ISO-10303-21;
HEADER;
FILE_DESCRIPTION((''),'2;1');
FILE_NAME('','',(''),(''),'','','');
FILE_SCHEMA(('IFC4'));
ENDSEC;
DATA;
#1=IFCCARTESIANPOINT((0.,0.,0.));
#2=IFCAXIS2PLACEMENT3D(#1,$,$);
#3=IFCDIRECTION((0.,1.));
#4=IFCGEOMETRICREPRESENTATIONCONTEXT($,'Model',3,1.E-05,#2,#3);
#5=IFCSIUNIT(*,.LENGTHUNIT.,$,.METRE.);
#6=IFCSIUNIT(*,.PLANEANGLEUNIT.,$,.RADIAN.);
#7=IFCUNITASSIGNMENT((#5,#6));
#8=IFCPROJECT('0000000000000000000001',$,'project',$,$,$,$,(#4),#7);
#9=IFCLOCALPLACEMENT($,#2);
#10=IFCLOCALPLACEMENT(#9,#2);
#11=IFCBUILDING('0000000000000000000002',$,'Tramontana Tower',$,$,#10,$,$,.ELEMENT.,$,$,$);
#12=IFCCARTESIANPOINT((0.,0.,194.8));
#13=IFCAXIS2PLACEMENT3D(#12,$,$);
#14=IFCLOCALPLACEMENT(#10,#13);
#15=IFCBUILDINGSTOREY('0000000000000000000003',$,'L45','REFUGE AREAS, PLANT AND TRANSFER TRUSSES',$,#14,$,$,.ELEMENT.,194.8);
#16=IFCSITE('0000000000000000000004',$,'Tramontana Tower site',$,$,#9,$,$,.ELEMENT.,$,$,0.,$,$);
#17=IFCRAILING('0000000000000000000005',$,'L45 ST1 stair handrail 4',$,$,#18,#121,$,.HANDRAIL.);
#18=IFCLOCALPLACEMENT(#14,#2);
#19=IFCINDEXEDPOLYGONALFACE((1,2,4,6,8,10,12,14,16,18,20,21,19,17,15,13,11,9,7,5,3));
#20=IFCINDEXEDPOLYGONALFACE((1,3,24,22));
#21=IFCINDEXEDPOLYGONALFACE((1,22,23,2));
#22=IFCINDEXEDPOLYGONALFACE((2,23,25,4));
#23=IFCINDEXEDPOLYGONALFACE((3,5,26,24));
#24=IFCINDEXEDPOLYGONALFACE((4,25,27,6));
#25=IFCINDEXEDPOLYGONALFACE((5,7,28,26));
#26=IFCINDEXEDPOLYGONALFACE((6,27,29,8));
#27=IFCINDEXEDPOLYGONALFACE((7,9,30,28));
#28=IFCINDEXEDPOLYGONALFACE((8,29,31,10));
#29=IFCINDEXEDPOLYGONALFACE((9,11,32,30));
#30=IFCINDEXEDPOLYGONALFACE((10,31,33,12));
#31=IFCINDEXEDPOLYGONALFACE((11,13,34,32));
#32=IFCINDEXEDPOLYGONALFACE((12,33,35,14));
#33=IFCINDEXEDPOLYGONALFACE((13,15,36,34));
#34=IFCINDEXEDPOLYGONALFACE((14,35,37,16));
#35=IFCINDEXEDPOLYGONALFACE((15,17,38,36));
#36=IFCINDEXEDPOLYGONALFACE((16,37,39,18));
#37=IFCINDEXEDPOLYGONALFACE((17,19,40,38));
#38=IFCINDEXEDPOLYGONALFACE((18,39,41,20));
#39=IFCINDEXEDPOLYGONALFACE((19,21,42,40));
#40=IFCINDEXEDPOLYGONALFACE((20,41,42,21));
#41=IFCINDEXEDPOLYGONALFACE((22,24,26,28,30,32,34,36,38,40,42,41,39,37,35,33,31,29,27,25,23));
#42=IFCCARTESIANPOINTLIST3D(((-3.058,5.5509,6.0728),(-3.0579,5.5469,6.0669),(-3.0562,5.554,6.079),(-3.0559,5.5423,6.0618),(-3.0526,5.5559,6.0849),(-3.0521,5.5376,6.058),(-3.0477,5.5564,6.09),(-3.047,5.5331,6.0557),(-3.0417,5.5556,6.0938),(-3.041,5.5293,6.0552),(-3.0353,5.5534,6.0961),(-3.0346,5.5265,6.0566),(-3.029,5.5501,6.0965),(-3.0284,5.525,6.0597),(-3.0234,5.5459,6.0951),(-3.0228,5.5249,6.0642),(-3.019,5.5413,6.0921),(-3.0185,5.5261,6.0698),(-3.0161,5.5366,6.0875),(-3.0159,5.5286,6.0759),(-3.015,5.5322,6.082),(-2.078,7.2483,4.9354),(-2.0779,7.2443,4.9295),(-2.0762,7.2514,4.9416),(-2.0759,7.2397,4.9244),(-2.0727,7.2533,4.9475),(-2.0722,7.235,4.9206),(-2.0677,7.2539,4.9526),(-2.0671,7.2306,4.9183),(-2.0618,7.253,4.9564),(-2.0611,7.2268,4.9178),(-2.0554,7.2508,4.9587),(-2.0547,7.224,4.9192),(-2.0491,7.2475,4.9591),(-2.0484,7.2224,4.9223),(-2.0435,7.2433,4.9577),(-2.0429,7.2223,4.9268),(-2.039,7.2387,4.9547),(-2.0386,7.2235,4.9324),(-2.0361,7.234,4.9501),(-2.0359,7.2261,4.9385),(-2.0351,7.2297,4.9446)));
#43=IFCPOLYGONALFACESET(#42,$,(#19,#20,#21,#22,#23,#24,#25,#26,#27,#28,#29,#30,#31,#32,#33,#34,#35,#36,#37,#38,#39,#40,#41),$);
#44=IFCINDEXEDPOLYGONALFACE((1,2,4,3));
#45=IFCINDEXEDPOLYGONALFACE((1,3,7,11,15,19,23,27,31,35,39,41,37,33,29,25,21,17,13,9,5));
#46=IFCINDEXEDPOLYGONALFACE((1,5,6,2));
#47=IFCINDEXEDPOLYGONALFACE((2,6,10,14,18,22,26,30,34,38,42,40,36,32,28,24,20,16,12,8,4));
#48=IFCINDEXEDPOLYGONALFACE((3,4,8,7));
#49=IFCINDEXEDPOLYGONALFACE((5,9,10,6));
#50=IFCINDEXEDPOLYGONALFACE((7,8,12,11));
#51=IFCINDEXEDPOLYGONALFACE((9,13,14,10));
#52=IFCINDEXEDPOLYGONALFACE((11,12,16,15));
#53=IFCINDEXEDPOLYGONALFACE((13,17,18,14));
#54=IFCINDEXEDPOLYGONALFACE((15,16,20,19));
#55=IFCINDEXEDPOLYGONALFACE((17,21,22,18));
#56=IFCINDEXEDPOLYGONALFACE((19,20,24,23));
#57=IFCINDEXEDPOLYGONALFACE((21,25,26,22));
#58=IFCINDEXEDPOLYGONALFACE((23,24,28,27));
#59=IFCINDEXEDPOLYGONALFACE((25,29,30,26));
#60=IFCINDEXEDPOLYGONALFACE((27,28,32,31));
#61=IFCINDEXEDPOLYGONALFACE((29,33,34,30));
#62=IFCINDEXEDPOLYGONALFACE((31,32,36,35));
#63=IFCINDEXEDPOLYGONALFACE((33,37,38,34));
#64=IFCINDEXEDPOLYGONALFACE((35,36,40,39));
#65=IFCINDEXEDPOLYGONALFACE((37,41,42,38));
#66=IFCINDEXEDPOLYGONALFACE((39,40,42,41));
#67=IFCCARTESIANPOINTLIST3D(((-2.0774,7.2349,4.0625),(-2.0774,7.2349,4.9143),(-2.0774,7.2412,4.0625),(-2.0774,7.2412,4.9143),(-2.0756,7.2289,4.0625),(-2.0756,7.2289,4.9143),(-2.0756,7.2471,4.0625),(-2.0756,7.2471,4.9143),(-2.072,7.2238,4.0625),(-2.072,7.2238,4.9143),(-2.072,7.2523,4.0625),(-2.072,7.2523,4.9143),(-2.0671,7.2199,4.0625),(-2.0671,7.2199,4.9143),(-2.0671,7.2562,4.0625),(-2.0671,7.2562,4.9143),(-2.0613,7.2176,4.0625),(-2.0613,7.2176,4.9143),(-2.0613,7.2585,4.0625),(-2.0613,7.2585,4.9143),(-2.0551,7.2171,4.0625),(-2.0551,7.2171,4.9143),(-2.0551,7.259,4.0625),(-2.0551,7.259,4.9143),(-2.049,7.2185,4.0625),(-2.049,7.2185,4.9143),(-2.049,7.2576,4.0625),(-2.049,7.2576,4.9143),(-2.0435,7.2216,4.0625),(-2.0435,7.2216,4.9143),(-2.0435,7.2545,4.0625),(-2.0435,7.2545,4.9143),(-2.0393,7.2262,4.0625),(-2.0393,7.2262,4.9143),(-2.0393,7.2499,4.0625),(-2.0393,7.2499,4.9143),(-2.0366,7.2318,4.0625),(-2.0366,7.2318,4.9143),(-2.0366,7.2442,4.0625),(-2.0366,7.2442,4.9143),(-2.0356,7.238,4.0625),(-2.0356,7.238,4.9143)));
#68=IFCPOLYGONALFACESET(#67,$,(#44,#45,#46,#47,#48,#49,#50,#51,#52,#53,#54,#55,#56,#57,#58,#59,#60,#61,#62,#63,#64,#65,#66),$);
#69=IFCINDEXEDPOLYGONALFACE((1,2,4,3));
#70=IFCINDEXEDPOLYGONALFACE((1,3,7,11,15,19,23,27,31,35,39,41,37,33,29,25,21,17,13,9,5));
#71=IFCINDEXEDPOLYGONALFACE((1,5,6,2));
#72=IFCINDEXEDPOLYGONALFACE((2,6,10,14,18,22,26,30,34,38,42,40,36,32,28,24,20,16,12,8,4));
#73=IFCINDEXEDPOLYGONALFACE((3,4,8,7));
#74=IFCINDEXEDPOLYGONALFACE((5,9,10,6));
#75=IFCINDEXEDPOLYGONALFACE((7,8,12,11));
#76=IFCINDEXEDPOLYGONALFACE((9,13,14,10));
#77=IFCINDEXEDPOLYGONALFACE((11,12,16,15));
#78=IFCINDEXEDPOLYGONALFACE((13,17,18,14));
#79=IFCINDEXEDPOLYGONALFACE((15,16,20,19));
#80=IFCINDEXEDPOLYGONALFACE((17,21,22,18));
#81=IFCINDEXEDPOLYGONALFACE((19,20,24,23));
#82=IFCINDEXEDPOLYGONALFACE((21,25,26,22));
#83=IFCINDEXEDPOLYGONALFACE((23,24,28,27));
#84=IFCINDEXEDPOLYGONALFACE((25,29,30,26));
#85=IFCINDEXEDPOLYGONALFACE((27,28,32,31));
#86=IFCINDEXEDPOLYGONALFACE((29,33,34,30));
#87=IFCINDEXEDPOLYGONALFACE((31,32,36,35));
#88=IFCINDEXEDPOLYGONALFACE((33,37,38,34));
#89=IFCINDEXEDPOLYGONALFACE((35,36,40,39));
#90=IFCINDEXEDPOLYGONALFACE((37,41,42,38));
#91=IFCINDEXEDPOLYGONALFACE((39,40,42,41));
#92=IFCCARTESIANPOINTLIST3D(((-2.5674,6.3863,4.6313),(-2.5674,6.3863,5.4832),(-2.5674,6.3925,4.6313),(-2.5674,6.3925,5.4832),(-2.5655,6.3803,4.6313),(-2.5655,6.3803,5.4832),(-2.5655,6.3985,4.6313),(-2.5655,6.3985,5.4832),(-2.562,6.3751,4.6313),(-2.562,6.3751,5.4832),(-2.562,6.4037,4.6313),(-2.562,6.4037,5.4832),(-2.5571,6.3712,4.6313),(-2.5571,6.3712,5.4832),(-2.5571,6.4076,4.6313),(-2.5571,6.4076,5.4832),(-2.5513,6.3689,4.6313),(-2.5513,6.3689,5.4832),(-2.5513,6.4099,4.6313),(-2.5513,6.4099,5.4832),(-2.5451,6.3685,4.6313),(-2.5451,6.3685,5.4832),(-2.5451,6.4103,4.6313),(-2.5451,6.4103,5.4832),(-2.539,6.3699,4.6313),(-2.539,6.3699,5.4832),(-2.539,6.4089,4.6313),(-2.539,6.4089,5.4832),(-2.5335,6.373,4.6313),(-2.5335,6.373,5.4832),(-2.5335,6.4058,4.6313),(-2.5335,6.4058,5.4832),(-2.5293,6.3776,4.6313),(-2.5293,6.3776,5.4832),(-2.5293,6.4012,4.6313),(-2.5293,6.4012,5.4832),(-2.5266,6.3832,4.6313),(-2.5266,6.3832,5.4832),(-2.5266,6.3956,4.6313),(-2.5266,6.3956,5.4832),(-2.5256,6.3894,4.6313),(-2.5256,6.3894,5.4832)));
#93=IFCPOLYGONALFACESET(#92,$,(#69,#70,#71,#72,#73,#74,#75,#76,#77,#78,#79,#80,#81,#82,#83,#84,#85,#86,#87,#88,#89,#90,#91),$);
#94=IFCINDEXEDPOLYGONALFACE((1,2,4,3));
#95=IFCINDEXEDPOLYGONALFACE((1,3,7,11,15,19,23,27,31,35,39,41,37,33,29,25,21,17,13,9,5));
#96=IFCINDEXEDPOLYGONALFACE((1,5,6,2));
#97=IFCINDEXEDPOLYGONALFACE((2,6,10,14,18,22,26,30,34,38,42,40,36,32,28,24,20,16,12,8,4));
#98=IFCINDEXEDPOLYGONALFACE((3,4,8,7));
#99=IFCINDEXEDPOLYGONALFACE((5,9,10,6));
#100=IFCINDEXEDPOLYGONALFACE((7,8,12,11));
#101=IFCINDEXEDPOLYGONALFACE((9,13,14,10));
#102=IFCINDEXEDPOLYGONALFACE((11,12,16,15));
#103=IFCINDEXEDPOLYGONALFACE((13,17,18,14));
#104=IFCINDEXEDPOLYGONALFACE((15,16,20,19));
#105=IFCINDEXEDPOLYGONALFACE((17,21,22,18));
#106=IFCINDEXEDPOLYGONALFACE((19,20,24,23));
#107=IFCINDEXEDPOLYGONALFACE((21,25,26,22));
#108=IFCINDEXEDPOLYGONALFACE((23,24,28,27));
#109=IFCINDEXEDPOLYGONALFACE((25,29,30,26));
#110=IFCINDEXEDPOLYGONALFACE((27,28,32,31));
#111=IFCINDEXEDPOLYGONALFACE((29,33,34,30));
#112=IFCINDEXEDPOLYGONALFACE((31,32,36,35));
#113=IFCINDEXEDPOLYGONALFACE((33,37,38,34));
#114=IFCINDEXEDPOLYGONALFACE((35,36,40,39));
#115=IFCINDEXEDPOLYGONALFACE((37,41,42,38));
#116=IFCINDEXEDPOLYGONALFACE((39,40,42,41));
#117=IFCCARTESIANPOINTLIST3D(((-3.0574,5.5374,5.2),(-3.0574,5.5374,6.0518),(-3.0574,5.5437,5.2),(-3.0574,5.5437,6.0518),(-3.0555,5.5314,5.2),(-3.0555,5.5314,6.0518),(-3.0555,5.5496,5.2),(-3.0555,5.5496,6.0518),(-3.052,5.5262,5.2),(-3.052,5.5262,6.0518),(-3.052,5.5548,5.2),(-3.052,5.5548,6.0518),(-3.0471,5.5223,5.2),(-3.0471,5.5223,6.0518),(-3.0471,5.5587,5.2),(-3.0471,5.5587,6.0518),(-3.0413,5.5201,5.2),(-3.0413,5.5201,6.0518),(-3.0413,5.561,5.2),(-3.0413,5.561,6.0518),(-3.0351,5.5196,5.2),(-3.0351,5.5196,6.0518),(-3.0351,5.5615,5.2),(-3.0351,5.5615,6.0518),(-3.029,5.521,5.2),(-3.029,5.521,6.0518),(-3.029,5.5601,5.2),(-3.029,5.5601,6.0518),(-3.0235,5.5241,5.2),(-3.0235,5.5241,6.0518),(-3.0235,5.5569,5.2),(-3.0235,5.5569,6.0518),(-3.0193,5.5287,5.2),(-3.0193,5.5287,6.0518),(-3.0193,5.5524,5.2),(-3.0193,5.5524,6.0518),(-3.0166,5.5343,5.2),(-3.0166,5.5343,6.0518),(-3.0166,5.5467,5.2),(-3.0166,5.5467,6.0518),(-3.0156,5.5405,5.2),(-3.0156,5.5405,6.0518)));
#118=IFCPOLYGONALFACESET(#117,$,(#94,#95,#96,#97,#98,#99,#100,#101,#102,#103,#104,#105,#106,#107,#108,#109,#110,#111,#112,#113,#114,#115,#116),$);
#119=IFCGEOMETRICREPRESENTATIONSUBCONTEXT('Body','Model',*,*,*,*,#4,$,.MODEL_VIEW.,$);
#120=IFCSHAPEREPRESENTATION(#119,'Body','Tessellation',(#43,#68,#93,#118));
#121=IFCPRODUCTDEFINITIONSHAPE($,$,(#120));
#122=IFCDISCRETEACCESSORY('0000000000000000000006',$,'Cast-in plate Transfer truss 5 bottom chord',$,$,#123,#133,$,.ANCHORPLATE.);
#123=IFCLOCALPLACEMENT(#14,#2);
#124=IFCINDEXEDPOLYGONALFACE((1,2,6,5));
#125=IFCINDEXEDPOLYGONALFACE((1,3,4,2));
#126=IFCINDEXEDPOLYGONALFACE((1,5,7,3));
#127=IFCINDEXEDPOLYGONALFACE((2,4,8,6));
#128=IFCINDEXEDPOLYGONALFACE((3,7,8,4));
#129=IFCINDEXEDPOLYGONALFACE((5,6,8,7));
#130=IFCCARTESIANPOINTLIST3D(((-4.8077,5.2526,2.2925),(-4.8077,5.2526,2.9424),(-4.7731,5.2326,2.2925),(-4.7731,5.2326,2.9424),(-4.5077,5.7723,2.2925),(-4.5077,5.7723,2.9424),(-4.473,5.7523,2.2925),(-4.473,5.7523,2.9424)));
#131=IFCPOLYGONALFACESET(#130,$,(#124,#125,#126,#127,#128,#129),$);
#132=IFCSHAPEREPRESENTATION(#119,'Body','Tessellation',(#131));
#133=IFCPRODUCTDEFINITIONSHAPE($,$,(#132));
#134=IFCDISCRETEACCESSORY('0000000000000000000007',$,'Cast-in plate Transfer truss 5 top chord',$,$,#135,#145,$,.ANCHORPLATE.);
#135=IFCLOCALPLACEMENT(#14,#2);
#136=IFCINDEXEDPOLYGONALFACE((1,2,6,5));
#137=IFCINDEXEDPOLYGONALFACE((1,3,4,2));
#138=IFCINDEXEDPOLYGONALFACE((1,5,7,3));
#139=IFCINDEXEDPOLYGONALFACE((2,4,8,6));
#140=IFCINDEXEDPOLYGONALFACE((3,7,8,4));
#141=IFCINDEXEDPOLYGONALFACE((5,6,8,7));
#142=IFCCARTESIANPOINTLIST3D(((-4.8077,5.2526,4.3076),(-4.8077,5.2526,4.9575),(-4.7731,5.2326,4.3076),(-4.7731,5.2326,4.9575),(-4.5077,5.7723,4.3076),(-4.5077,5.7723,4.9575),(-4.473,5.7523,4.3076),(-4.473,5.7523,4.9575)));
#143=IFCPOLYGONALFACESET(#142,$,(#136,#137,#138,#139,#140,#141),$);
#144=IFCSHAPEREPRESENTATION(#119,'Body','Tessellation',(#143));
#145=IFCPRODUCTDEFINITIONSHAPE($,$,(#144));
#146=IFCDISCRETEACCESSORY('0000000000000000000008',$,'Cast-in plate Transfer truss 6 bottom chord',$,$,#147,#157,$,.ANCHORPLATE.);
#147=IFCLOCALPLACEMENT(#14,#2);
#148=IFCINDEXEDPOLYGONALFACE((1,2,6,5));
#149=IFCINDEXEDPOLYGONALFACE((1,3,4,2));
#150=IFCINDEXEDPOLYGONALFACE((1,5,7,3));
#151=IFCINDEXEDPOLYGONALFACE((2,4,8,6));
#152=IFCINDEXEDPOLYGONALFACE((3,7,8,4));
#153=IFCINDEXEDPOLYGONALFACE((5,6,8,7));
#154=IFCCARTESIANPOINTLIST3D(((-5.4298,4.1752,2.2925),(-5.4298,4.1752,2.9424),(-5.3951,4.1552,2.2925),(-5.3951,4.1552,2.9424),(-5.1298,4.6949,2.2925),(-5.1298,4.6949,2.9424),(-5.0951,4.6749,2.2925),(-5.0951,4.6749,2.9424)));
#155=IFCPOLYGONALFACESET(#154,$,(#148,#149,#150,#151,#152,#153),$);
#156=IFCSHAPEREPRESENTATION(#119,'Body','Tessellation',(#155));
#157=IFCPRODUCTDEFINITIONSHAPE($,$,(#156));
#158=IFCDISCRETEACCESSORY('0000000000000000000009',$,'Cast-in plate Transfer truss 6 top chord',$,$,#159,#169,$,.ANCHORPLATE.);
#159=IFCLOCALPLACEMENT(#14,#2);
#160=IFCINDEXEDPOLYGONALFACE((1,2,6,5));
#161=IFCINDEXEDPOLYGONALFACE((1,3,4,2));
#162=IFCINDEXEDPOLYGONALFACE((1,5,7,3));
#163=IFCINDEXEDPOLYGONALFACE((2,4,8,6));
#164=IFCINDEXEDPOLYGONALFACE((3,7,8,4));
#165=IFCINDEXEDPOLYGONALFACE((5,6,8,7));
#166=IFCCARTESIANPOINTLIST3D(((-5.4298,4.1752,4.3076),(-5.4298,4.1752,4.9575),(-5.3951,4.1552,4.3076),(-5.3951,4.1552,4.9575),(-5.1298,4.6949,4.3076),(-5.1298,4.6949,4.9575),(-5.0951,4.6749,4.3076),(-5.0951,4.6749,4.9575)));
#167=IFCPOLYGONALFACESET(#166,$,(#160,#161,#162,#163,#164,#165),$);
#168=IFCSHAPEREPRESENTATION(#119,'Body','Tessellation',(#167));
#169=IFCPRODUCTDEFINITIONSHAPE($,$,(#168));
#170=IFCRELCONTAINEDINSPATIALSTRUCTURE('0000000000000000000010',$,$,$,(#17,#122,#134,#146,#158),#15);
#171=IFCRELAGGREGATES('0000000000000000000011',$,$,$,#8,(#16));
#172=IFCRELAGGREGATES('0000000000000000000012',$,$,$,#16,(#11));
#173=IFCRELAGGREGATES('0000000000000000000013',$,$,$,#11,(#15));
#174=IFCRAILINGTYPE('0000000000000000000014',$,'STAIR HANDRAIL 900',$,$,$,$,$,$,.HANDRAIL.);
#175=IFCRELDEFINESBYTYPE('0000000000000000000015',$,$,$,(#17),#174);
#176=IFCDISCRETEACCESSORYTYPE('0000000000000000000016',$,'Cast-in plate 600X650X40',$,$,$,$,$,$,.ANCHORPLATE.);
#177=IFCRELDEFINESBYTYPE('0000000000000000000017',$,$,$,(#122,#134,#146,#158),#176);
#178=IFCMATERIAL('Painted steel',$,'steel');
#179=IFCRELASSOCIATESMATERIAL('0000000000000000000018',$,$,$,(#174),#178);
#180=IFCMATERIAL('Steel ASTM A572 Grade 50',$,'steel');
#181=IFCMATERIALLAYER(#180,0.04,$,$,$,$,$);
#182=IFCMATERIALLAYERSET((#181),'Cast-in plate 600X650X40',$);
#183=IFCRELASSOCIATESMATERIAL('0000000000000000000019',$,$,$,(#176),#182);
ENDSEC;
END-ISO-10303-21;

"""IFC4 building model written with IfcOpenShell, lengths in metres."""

from ifc_helpers import new_model, si_unit, direction, frame, origin, origin_2d, place, context, subcontext, project, spatial, rectangle, circle, extrude, material, layer, layer_set, type_object, element, save


model = new_model("IFC4")

# Units and contexts
model_context = context("Model", 3, precision=1e-05, world=origin(), true_north=direction((0.0, 1.0)))
body_context = subcontext(model_context, "Body", "Model", "MODEL_VIEW")
ifc_project = project(units=[si_unit("LENGTHUNIT", "METRE"), si_unit("PLANEANGLEUNIT", "RADIAN")], contexts=[model_context])

# Site, building, storey
site_placement = place(None, origin())
site = spatial("IfcSite", under=ifc_project, at=site_placement, Name="Tramontana Tower site", CompositionType="ELEMENT", RefElevation=0.0)
building_placement = place(site_placement, origin())
building = spatial("IfcBuilding", under=site, at=building_placement, Name="Tramontana Tower", CompositionType="ELEMENT")
storey_placement = place(building_placement, frame((0.0, 0.0, 194.8)))
storey = spatial("IfcBuildingStorey", under=building, at=storey_placement, Name="L45", Description="REFUGE AREAS, PLANT AND TRANSFER TRUSSES", CompositionType="ELEMENT", Elevation=194.8)

# Railing
ifc_material_1 = material(Name="Painted steel", Category="steel")
railing_type_1 = type_object("IfcRailingType", Name="STAIR HANDRAIL 900", PredefinedType="HANDRAIL", material=ifc_material_1)
for number, where, name in (
    (1, (-2.0566, 7.238, 4.0625), "L45 ST1 stair handrail 4"),
):
    element("IfcRailing", number, at=place(storey_placement, frame(where)), inside=storey, type_object=railing_type_1, Name=name, PredefinedType="HANDRAIL", context=body_context, shape_type="SweptSolid", body=[
        extrude(circle(Radius=0.0239, at=origin_2d()), frame((0.0, 0.0, 0.876), z_axis=(-0.432432, -0.749053, 0.501918), x_axis=(0.866042, -0.49997, 0.0)), (0.0, 0.0, 1.0), 2.2661),
        extrude(circle(Radius=0.021, at=origin_2d()), origin(), (0.0, 0.0, 1.0), 0.8518),
        extrude(circle(Radius=0.021, at=origin_2d()), frame((-0.49, -0.8486, 0.5688)), (0.0, 0.0, 1.0), 0.8518),
        extrude(circle(Radius=0.021, at=origin_2d()), frame((-0.98, -1.6975, 1.1375)), (0.0, 0.0, 1.0), 0.8518),
    ])

# Discrete accessories
ifc_material_2 = material(Name="Steel ASTM A572 Grade 50", Category="steel")
ifc_layer_1 = layer(ifc_material_2, 0.04)
ifc_layer_set_1 = layer_set([ifc_layer_1], Name="Cast-in plate 600X650X40")
discrete_accessory_type = type_object("IfcDiscreteAccessoryType", Name="Cast-in plate 600X650X40", PredefinedType="ANCHORPLATE", material=ifc_layer_set_1)
for number, where, z_axis, x_axis, name in (
    (2, (-4.6404, 5.5024, 2.2925), (0.0, 0.0, 1.0), (-0.5, -0.866025, 0.0), "Cast-in plate Transfer truss 5 bottom chord"),
    (3, (-4.6404, 5.5024, 4.3076), (0.0, 0.0, 1.0), (-0.5, -0.866025, 0.0), "Cast-in plate Transfer truss 5 top chord"),
    (4, (-5.2625, 4.425, 2.2925), (0.0, 0.0, 1.0), (-0.5, -0.866025, 0.0), "Cast-in plate Transfer truss 6 bottom chord"),
    (5, (-5.2625, 4.425, 4.3076), (0.0, 0.0, 1.0), (-0.5, -0.866025, 0.0), "Cast-in plate Transfer truss 6 top chord"),
):
    element("IfcDiscreteAccessory", number, at=place(storey_placement, frame(where, z_axis=z_axis, x_axis=x_axis)), inside=storey, type_object=discrete_accessory_type, Name=name, PredefinedType="ANCHORPLATE", context=body_context, shape_type="SweptSolid", body=[
        extrude(rectangle(XDim=0.6001, YDim=0.04, at=origin_2d()), origin(), (0.0, 0.0, 1.0), 0.6499),
    ])

save(model, "model.ifc")
